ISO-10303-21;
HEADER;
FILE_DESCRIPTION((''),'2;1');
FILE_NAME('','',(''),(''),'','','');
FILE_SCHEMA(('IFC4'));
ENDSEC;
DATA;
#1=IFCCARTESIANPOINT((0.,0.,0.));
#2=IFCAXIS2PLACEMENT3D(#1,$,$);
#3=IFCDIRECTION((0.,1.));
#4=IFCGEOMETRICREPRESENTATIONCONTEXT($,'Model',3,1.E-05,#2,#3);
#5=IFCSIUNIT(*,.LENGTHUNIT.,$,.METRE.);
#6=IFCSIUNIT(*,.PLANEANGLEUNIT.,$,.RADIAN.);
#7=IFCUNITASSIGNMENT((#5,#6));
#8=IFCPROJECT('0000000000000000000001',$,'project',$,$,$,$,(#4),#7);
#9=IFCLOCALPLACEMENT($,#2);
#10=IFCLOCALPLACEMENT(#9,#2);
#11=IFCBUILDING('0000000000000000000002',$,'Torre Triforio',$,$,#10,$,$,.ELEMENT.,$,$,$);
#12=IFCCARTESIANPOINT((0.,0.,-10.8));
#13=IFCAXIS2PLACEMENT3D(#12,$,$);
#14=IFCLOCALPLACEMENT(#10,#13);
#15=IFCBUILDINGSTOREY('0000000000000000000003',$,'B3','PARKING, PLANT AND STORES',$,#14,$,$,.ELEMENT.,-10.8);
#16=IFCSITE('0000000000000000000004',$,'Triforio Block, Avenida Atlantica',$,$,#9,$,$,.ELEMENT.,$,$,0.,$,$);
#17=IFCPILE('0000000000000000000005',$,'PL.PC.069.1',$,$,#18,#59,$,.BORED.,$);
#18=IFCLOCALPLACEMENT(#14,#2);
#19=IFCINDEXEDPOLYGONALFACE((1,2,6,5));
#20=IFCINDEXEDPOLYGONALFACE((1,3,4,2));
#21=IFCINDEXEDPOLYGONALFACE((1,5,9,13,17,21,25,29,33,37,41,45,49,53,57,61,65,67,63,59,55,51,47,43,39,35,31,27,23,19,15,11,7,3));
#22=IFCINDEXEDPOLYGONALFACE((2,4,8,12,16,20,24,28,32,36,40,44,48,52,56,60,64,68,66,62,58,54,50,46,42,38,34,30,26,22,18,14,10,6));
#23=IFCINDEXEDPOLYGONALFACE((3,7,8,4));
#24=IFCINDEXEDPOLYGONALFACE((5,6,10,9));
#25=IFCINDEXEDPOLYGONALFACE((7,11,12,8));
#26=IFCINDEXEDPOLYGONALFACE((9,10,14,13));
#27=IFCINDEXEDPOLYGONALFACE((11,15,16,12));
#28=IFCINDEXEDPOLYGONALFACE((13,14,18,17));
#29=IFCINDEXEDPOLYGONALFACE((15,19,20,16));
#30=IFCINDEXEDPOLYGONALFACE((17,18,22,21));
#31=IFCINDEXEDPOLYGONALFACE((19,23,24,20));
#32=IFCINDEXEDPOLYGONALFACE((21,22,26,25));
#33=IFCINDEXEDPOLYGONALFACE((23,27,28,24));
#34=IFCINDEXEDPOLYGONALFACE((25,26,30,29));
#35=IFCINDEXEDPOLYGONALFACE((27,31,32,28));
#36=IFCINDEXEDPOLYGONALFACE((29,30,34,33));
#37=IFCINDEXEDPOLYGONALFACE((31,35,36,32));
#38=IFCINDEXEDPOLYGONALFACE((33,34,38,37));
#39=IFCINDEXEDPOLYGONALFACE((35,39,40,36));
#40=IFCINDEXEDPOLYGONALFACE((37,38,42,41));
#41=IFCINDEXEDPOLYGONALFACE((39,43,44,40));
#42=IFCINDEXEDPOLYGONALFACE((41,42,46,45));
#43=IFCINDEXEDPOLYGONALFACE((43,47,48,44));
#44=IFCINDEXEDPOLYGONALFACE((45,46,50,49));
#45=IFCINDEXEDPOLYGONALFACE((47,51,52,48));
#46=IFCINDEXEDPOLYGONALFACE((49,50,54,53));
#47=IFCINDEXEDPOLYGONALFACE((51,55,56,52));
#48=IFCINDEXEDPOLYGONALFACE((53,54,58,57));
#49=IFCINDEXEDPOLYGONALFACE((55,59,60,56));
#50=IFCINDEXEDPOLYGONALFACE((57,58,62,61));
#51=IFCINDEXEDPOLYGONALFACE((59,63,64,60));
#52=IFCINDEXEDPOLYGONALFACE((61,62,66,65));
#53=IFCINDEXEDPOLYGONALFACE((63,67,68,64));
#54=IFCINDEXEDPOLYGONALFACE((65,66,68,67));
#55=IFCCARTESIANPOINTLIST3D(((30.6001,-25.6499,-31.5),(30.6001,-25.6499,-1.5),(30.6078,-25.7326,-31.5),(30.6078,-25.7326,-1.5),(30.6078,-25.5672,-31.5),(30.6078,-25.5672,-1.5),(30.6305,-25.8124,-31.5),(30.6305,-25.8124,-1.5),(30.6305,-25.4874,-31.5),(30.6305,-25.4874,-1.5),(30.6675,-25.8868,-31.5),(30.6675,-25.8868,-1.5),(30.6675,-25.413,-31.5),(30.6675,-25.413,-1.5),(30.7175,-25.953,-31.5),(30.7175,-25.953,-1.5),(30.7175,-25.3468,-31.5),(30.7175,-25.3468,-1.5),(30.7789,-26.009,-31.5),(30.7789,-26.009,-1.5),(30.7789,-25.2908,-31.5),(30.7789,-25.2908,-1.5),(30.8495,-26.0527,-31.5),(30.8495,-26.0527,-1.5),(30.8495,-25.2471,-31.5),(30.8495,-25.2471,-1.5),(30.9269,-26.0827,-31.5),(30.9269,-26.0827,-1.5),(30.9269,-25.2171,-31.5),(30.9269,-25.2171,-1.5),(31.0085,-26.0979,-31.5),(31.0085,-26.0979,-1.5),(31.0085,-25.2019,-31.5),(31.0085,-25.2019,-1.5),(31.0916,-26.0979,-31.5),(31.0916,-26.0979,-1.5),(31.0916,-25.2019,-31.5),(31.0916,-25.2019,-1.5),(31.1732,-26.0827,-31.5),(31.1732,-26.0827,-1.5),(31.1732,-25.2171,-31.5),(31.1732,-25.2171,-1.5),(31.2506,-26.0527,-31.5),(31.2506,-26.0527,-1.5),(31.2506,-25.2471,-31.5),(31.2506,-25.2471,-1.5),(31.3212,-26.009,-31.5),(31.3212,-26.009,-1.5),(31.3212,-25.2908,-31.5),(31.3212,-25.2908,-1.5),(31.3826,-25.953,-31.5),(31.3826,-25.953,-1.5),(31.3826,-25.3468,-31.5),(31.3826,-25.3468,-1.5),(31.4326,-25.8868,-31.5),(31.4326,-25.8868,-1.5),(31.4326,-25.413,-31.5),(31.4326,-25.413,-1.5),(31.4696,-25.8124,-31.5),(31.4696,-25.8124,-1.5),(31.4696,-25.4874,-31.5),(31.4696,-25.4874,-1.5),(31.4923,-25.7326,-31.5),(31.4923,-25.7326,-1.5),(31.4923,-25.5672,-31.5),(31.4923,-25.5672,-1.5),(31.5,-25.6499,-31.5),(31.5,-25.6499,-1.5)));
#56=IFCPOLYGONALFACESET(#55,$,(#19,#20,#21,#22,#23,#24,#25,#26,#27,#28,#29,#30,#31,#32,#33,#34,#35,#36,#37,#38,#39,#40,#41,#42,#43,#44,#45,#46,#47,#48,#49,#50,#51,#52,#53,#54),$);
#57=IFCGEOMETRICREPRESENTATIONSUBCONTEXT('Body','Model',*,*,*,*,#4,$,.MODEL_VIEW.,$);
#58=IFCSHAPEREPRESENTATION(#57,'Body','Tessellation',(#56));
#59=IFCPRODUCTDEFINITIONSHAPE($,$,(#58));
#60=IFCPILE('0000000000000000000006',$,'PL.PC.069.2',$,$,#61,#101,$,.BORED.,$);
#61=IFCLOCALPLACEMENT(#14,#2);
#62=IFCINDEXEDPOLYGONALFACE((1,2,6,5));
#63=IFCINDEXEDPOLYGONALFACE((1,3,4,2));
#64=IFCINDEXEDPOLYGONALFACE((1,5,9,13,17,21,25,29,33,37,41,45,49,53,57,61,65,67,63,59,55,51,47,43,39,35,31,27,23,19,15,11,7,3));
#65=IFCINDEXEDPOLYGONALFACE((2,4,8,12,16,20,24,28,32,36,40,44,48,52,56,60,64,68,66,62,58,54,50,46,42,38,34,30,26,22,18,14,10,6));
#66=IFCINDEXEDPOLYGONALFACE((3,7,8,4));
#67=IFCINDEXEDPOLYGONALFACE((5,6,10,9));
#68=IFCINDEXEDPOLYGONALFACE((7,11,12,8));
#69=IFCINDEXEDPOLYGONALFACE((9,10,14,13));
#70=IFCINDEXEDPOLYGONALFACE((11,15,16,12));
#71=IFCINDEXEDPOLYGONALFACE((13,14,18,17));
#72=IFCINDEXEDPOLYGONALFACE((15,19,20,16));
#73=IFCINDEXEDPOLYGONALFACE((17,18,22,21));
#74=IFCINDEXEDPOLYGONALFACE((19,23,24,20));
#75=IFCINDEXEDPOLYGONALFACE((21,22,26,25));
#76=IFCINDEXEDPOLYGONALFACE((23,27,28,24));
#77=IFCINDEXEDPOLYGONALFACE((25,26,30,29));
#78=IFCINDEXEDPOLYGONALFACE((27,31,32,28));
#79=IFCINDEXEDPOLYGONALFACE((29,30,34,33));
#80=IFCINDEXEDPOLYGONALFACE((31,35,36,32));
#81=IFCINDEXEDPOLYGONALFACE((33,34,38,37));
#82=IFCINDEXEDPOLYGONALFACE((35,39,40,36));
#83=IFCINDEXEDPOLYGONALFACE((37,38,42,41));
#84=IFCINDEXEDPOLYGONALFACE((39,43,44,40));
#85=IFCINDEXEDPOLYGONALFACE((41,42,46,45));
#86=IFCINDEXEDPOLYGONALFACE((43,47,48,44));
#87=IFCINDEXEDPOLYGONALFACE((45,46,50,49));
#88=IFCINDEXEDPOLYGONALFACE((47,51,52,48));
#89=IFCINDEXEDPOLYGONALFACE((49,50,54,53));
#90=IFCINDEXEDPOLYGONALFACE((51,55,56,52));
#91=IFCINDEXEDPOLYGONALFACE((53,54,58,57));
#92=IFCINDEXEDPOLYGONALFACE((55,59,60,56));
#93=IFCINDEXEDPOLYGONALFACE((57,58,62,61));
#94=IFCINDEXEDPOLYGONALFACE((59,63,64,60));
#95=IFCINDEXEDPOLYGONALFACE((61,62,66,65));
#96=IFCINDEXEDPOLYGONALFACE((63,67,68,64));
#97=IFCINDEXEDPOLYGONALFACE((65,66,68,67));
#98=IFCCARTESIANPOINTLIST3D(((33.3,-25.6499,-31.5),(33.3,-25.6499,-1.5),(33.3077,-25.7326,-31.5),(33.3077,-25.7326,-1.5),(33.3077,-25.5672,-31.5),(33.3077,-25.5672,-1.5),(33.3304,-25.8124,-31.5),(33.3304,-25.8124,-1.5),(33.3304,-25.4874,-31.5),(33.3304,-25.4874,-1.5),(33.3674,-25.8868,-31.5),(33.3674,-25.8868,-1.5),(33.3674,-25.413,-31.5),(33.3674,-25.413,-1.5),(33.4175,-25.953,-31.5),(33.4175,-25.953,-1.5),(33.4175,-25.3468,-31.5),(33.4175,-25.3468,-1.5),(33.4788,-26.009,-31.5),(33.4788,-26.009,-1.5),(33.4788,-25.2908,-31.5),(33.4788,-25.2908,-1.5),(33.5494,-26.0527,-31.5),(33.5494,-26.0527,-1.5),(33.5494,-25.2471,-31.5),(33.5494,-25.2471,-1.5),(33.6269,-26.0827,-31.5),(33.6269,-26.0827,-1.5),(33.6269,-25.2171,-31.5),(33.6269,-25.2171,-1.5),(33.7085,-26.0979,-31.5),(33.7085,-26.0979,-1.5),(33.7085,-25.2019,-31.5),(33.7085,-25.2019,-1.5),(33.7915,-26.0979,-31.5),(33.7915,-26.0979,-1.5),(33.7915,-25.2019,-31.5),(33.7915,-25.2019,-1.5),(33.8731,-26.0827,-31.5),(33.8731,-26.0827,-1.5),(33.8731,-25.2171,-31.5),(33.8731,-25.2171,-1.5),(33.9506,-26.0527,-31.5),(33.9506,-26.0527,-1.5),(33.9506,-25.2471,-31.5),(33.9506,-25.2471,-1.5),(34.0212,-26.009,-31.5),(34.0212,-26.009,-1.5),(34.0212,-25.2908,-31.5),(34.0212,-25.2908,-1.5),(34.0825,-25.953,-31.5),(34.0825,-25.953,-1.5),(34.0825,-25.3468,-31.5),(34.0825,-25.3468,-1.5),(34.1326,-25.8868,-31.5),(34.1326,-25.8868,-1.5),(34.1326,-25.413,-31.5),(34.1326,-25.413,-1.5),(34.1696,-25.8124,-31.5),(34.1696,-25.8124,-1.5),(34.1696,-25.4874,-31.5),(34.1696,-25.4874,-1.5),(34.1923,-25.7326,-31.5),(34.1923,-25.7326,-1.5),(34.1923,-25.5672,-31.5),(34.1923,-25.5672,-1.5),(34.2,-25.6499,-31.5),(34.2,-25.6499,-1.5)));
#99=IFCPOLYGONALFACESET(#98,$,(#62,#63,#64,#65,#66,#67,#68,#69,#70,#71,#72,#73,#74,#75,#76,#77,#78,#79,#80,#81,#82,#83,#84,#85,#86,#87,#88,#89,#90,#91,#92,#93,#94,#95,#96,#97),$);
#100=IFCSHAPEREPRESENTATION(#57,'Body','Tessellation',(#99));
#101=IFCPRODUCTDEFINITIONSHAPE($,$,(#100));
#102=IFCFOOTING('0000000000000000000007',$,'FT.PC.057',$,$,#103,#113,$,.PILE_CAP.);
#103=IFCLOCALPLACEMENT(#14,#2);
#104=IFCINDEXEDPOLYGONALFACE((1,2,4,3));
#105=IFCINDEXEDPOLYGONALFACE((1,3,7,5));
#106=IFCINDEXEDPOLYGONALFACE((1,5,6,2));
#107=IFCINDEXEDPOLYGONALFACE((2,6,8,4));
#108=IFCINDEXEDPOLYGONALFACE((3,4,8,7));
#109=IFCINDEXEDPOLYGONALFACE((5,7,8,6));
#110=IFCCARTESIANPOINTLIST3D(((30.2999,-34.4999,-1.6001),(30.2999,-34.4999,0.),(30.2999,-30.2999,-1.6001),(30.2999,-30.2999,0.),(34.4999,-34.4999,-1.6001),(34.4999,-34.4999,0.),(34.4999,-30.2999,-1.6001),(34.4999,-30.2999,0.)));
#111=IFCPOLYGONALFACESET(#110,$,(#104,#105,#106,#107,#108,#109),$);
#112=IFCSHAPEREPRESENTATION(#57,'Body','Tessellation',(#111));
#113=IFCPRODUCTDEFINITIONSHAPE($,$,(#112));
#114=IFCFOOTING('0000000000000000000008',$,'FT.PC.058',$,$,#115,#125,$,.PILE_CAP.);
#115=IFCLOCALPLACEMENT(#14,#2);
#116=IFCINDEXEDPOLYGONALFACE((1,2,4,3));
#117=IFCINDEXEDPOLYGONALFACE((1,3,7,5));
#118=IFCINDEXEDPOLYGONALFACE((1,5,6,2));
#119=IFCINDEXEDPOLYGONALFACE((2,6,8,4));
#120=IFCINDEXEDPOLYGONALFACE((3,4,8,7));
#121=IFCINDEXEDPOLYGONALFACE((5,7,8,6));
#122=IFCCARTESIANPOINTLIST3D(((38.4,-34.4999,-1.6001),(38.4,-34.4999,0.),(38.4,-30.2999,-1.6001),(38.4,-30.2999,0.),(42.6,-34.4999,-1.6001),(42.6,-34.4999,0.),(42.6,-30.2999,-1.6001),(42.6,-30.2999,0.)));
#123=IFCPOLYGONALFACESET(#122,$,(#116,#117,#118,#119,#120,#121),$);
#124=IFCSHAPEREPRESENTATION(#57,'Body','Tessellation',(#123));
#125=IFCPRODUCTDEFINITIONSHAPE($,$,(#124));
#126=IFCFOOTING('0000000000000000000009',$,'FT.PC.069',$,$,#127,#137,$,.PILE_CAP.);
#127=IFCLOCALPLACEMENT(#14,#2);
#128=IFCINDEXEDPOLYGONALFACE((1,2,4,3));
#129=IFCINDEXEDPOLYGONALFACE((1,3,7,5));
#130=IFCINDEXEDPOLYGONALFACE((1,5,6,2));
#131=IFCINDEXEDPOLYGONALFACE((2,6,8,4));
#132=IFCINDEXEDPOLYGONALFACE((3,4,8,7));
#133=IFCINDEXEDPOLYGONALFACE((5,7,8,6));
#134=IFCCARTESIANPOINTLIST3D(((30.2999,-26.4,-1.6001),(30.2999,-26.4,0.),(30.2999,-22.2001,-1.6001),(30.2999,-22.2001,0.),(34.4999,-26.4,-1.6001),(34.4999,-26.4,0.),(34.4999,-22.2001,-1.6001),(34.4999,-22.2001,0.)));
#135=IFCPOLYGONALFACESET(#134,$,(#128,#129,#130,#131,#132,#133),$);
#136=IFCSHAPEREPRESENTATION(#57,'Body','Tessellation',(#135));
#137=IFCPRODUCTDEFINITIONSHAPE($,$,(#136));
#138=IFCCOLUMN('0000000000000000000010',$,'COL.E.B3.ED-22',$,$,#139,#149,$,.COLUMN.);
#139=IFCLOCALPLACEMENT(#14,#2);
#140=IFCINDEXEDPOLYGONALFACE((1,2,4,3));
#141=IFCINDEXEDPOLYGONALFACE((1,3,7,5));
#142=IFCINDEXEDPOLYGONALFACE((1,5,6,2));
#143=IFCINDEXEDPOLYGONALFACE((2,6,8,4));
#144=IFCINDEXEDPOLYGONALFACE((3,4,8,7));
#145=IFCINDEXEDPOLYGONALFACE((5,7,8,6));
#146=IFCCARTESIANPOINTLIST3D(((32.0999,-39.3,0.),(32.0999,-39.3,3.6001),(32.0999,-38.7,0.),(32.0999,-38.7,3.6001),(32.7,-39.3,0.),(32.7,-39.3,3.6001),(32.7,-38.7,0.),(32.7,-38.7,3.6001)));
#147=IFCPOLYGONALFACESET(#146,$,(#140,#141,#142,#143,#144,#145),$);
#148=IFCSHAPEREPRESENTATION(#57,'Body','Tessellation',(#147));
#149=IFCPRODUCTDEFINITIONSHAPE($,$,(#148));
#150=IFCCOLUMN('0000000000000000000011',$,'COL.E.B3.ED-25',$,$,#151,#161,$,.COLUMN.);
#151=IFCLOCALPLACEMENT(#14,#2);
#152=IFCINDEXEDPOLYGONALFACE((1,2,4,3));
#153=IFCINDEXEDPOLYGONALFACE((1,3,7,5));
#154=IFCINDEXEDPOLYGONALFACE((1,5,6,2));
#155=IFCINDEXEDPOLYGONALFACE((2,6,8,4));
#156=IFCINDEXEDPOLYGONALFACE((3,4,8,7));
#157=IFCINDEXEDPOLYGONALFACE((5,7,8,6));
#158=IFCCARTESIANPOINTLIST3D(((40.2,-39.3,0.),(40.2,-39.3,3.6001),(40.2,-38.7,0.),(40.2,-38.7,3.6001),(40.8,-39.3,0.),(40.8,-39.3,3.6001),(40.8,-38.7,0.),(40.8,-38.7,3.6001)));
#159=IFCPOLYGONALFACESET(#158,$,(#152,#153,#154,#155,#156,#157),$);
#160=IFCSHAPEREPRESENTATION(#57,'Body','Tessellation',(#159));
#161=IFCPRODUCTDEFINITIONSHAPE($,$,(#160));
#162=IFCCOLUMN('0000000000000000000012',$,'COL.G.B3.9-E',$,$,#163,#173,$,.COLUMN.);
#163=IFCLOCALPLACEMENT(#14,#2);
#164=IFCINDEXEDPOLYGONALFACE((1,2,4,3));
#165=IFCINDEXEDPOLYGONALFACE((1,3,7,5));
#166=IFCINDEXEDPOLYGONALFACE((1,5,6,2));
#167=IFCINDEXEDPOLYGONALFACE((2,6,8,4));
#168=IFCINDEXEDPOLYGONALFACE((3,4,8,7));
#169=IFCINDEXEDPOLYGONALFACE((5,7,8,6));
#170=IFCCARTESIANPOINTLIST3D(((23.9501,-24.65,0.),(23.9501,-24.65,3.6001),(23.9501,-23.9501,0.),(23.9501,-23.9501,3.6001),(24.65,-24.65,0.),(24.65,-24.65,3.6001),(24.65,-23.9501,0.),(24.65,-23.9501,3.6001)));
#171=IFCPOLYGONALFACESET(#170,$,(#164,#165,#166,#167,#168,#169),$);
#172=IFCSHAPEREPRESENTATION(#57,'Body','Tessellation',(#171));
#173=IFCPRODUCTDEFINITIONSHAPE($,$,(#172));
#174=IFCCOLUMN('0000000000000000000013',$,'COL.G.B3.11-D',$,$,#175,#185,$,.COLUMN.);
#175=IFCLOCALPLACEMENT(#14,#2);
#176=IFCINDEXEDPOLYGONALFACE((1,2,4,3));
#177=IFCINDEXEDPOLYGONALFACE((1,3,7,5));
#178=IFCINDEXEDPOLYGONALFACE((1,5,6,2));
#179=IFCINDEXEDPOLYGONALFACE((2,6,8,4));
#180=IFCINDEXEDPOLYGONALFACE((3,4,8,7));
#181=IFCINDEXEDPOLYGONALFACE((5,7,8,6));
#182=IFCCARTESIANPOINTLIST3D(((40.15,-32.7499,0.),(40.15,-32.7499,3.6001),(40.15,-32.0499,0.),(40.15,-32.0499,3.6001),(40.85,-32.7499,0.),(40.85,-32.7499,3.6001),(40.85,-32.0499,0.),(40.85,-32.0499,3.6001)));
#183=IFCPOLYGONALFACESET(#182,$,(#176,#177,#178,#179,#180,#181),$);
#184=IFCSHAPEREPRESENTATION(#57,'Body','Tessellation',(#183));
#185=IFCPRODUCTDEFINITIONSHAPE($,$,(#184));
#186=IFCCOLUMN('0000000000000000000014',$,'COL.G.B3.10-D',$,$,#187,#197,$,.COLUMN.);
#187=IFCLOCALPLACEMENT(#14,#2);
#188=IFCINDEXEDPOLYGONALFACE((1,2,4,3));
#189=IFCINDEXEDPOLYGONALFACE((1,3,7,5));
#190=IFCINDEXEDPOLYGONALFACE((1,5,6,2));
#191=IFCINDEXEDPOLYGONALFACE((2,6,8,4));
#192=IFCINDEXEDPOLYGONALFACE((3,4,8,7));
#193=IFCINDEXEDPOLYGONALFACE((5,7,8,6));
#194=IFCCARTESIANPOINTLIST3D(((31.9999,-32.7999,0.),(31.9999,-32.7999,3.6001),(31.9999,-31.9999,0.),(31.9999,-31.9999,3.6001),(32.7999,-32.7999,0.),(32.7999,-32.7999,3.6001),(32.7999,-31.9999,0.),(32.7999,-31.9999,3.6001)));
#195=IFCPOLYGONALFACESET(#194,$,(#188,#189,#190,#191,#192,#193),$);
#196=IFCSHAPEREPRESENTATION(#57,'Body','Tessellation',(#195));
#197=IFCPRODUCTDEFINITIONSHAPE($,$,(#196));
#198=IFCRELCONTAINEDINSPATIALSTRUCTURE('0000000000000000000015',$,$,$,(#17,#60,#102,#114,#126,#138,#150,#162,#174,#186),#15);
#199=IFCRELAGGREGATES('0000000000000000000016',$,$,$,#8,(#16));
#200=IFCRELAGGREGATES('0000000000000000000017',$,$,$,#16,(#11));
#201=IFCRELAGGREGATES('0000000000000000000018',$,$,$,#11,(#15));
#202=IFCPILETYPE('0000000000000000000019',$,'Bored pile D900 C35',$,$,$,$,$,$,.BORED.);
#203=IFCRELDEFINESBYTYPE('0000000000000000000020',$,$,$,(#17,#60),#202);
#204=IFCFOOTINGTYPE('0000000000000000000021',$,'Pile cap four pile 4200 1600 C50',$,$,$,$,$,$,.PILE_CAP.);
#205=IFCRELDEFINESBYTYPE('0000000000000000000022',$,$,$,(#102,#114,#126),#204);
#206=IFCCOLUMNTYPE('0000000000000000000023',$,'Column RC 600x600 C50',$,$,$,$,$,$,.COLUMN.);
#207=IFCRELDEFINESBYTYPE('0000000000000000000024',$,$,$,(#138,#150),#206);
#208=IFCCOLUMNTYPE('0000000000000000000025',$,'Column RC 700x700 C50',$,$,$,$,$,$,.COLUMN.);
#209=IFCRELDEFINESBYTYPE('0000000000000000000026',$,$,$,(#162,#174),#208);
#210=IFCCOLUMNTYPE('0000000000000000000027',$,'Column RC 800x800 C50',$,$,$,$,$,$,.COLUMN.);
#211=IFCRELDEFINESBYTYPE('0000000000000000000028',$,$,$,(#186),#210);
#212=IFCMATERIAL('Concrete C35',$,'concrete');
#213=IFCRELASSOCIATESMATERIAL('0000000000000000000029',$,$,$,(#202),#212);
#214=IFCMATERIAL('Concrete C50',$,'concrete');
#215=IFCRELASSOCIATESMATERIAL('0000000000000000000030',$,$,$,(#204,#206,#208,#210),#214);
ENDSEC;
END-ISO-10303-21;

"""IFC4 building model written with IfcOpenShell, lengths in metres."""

from ifc_helpers import new_model, si_unit, direction, frame, origin, origin_2d, place, context, subcontext, project, spatial, rectangle, circle, extrude, material, material_profile, profile_set, type_object, element, save


model = new_model("IFC4")

# Units and contexts
model_context = context("Model", 3, precision=1e-05, world=origin(), true_north=direction((0.0, 1.0)))
body_context = subcontext(model_context, "Body", "Model", "MODEL_VIEW")
ifc_project = project(units=[si_unit("LENGTHUNIT", "METRE"), si_unit("PLANEANGLEUNIT", "RADIAN")], contexts=[model_context])

# Site, building, storey
site_placement = place(None, origin())
site = spatial("IfcSite", under=ifc_project, at=site_placement, Name="Triforio Block, Avenida Atlantica", CompositionType="ELEMENT", RefElevation=0.0)
building_placement = place(site_placement, origin())
building = spatial("IfcBuilding", under=site, at=building_placement, Name="Torre Triforio", CompositionType="ELEMENT")
storey_placement = place(building_placement, frame((0.0, 0.0, -10.8)))
storey = spatial("IfcBuildingStorey", under=building, at=storey_placement, Name="B3", Description="PARKING, PLANT AND STORES", CompositionType="ELEMENT", Elevation=-10.8)

# Piles
ifc_material_1 = material(Name="Concrete C35", Category="concrete")
ifc_material_profile_1 = material_profile(ifc_material_1, circle(Radius=0.45, at=origin_2d()), Name="RC D900")
ifc_profile_set_1 = profile_set([ifc_material_profile_1], Name="Concrete C35")
pile_type = type_object("IfcPileType", Name="Bored pile D900 C35", PredefinedType="BORED", material=ifc_profile_set_1)
for number, where, z_axis, x_axis, name in (
    (1, (31.05, -25.6499, -1.5), (0.0, 0.0, -1.0), (1.0, 0.0, 0.0), "PL.PC.069.1"),
    (2, (33.75, -25.6499, -1.5), (0.0, 0.0, -1.0), (1.0, 0.0, 0.0), "PL.PC.069.2"),
):
    element("IfcPile", number, at=place(storey_placement, frame(where, z_axis=z_axis, x_axis=x_axis)), inside=storey, type_object=pile_type, Name=name, PredefinedType="BORED", context=body_context, shape_type="SweptSolid", body=[
        extrude(circle(Radius=0.45, at=origin_2d()), origin(), (0.0, 0.0, 1.0), 30.0),
    ])

# Footings
ifc_material_2 = material(Name="Concrete C50", Category="concrete")
footing_type = type_object("IfcFootingType", Name="Pile cap four pile 4200 1600 C50", PredefinedType="PILE_CAP", material=ifc_material_2)
for number, where, z_axis, x_axis, name in (
    (3, (32.3999, -32.3999, -1.6001), (0.0, 0.0, 1.0), (1.0, 0.0, 0.0), "FT.PC.057"),
    (4, (40.5, -32.3999, -1.6001), (0.0, 0.0, 1.0), (1.0, 0.0, 0.0), "FT.PC.058"),
    (5, (32.3999, -24.3, -1.6001), (0.0, 0.0, 1.0), (1.0, 0.0, 0.0), "FT.PC.069"),
):
    element("IfcFooting", number, at=place(storey_placement, frame(where, z_axis=z_axis, x_axis=x_axis)), inside=storey, type_object=footing_type, Name=name, PredefinedType="PILE_CAP", context=body_context, shape_type="SweptSolid", body=[
        extrude(rectangle(XDim=4.2, YDim=4.2, at=origin_2d()), origin(), (0.0, 0.0, 1.0), 1.6001),
    ])

# Columns
ifc_material_profile_2 = material_profile(ifc_material_2, rectangle(XDim=0.6001, YDim=0.6001, at=origin_2d()), Name="RC 600x600")
ifc_profile_set_2 = profile_set([ifc_material_profile_2], Name="Concrete C50")
column_type_1 = type_object("IfcColumnType", Name="Column RC 600x600 C50", PredefinedType="COLUMN", material=ifc_profile_set_2)
for number, where, z_axis, x_axis, name in (
    (6, (32.3999, -39.0, 0.0), (0.0, 0.0, 1.0), (1.0, 0.0, 0.0), "COL.E.B3.ED-22"),
    (7, (40.5, -39.0, 0.0), (0.0, 0.0, 1.0), (1.0, 0.0, 0.0), "COL.E.B3.ED-25"),
):
    element("IfcColumn", number, at=place(storey_placement, frame(where, z_axis=z_axis, x_axis=x_axis)), inside=storey, type_object=column_type_1, Name=name, PredefinedType="COLUMN", context=body_context, shape_type="SweptSolid", body=[
        extrude(rectangle(XDim=0.6001, YDim=0.6001, at=origin_2d()), origin(), (0.0, 0.0, 1.0), 3.6001),
    ])
ifc_material_profile_3 = material_profile(ifc_material_2, rectangle(XDim=0.7, YDim=0.7, at=origin_2d()), Name="RC 700x700")
ifc_profile_set_3 = profile_set([ifc_material_profile_3], Name="Concrete C50")
column_type_2 = type_object("IfcColumnType", Name="Column RC 700x700 C50", PredefinedType="COLUMN", material=ifc_profile_set_3)
for number, where, z_axis, x_axis, name in (
    (8, (24.3, -24.3, 0.0), (0.0, 0.0, 1.0), (1.0, 0.0, 0.0), "COL.G.B3.9-E"),
    (9, (40.5, -32.3999, 0.0), (0.0, 0.0, 1.0), (1.0, 0.0, 0.0), "COL.G.B3.11-D"),
):
    element("IfcColumn", number, at=place(storey_placement, frame(where, z_axis=z_axis, x_axis=x_axis)), inside=storey, type_object=column_type_2, Name=name, PredefinedType="COLUMN", context=body_context, shape_type="SweptSolid", body=[
        extrude(rectangle(XDim=0.7, YDim=0.7, at=origin_2d()), origin(), (0.0, 0.0, 1.0), 3.6001),
    ])
ifc_material_profile_4 = material_profile(ifc_material_2, rectangle(XDim=0.8, YDim=0.8, at=origin_2d()), Name="RC 800x800")
ifc_profile_set_4 = profile_set([ifc_material_profile_4], Name="Concrete C50")
column_type_3 = type_object("IfcColumnType", Name="Column RC 800x800 C50", PredefinedType="COLUMN", material=ifc_profile_set_4)
column_placement = place(storey_placement, frame((32.3999, -32.3999, 0.0), z_axis=(0.0, 0.0, 1.0), x_axis=(1.0, 0.0, 0.0)))
element("IfcColumn", 10, at=column_placement, inside=storey, type_object=column_type_3, Name="COL.G.B3.10-D", PredefinedType="COLUMN", context=body_context, shape_type="SweptSolid", body=[
    extrude(rectangle(XDim=0.8, YDim=0.8, at=origin_2d()), origin(), (0.0, 0.0, 1.0), 3.6001),
])

save(model, "model.ifc")
